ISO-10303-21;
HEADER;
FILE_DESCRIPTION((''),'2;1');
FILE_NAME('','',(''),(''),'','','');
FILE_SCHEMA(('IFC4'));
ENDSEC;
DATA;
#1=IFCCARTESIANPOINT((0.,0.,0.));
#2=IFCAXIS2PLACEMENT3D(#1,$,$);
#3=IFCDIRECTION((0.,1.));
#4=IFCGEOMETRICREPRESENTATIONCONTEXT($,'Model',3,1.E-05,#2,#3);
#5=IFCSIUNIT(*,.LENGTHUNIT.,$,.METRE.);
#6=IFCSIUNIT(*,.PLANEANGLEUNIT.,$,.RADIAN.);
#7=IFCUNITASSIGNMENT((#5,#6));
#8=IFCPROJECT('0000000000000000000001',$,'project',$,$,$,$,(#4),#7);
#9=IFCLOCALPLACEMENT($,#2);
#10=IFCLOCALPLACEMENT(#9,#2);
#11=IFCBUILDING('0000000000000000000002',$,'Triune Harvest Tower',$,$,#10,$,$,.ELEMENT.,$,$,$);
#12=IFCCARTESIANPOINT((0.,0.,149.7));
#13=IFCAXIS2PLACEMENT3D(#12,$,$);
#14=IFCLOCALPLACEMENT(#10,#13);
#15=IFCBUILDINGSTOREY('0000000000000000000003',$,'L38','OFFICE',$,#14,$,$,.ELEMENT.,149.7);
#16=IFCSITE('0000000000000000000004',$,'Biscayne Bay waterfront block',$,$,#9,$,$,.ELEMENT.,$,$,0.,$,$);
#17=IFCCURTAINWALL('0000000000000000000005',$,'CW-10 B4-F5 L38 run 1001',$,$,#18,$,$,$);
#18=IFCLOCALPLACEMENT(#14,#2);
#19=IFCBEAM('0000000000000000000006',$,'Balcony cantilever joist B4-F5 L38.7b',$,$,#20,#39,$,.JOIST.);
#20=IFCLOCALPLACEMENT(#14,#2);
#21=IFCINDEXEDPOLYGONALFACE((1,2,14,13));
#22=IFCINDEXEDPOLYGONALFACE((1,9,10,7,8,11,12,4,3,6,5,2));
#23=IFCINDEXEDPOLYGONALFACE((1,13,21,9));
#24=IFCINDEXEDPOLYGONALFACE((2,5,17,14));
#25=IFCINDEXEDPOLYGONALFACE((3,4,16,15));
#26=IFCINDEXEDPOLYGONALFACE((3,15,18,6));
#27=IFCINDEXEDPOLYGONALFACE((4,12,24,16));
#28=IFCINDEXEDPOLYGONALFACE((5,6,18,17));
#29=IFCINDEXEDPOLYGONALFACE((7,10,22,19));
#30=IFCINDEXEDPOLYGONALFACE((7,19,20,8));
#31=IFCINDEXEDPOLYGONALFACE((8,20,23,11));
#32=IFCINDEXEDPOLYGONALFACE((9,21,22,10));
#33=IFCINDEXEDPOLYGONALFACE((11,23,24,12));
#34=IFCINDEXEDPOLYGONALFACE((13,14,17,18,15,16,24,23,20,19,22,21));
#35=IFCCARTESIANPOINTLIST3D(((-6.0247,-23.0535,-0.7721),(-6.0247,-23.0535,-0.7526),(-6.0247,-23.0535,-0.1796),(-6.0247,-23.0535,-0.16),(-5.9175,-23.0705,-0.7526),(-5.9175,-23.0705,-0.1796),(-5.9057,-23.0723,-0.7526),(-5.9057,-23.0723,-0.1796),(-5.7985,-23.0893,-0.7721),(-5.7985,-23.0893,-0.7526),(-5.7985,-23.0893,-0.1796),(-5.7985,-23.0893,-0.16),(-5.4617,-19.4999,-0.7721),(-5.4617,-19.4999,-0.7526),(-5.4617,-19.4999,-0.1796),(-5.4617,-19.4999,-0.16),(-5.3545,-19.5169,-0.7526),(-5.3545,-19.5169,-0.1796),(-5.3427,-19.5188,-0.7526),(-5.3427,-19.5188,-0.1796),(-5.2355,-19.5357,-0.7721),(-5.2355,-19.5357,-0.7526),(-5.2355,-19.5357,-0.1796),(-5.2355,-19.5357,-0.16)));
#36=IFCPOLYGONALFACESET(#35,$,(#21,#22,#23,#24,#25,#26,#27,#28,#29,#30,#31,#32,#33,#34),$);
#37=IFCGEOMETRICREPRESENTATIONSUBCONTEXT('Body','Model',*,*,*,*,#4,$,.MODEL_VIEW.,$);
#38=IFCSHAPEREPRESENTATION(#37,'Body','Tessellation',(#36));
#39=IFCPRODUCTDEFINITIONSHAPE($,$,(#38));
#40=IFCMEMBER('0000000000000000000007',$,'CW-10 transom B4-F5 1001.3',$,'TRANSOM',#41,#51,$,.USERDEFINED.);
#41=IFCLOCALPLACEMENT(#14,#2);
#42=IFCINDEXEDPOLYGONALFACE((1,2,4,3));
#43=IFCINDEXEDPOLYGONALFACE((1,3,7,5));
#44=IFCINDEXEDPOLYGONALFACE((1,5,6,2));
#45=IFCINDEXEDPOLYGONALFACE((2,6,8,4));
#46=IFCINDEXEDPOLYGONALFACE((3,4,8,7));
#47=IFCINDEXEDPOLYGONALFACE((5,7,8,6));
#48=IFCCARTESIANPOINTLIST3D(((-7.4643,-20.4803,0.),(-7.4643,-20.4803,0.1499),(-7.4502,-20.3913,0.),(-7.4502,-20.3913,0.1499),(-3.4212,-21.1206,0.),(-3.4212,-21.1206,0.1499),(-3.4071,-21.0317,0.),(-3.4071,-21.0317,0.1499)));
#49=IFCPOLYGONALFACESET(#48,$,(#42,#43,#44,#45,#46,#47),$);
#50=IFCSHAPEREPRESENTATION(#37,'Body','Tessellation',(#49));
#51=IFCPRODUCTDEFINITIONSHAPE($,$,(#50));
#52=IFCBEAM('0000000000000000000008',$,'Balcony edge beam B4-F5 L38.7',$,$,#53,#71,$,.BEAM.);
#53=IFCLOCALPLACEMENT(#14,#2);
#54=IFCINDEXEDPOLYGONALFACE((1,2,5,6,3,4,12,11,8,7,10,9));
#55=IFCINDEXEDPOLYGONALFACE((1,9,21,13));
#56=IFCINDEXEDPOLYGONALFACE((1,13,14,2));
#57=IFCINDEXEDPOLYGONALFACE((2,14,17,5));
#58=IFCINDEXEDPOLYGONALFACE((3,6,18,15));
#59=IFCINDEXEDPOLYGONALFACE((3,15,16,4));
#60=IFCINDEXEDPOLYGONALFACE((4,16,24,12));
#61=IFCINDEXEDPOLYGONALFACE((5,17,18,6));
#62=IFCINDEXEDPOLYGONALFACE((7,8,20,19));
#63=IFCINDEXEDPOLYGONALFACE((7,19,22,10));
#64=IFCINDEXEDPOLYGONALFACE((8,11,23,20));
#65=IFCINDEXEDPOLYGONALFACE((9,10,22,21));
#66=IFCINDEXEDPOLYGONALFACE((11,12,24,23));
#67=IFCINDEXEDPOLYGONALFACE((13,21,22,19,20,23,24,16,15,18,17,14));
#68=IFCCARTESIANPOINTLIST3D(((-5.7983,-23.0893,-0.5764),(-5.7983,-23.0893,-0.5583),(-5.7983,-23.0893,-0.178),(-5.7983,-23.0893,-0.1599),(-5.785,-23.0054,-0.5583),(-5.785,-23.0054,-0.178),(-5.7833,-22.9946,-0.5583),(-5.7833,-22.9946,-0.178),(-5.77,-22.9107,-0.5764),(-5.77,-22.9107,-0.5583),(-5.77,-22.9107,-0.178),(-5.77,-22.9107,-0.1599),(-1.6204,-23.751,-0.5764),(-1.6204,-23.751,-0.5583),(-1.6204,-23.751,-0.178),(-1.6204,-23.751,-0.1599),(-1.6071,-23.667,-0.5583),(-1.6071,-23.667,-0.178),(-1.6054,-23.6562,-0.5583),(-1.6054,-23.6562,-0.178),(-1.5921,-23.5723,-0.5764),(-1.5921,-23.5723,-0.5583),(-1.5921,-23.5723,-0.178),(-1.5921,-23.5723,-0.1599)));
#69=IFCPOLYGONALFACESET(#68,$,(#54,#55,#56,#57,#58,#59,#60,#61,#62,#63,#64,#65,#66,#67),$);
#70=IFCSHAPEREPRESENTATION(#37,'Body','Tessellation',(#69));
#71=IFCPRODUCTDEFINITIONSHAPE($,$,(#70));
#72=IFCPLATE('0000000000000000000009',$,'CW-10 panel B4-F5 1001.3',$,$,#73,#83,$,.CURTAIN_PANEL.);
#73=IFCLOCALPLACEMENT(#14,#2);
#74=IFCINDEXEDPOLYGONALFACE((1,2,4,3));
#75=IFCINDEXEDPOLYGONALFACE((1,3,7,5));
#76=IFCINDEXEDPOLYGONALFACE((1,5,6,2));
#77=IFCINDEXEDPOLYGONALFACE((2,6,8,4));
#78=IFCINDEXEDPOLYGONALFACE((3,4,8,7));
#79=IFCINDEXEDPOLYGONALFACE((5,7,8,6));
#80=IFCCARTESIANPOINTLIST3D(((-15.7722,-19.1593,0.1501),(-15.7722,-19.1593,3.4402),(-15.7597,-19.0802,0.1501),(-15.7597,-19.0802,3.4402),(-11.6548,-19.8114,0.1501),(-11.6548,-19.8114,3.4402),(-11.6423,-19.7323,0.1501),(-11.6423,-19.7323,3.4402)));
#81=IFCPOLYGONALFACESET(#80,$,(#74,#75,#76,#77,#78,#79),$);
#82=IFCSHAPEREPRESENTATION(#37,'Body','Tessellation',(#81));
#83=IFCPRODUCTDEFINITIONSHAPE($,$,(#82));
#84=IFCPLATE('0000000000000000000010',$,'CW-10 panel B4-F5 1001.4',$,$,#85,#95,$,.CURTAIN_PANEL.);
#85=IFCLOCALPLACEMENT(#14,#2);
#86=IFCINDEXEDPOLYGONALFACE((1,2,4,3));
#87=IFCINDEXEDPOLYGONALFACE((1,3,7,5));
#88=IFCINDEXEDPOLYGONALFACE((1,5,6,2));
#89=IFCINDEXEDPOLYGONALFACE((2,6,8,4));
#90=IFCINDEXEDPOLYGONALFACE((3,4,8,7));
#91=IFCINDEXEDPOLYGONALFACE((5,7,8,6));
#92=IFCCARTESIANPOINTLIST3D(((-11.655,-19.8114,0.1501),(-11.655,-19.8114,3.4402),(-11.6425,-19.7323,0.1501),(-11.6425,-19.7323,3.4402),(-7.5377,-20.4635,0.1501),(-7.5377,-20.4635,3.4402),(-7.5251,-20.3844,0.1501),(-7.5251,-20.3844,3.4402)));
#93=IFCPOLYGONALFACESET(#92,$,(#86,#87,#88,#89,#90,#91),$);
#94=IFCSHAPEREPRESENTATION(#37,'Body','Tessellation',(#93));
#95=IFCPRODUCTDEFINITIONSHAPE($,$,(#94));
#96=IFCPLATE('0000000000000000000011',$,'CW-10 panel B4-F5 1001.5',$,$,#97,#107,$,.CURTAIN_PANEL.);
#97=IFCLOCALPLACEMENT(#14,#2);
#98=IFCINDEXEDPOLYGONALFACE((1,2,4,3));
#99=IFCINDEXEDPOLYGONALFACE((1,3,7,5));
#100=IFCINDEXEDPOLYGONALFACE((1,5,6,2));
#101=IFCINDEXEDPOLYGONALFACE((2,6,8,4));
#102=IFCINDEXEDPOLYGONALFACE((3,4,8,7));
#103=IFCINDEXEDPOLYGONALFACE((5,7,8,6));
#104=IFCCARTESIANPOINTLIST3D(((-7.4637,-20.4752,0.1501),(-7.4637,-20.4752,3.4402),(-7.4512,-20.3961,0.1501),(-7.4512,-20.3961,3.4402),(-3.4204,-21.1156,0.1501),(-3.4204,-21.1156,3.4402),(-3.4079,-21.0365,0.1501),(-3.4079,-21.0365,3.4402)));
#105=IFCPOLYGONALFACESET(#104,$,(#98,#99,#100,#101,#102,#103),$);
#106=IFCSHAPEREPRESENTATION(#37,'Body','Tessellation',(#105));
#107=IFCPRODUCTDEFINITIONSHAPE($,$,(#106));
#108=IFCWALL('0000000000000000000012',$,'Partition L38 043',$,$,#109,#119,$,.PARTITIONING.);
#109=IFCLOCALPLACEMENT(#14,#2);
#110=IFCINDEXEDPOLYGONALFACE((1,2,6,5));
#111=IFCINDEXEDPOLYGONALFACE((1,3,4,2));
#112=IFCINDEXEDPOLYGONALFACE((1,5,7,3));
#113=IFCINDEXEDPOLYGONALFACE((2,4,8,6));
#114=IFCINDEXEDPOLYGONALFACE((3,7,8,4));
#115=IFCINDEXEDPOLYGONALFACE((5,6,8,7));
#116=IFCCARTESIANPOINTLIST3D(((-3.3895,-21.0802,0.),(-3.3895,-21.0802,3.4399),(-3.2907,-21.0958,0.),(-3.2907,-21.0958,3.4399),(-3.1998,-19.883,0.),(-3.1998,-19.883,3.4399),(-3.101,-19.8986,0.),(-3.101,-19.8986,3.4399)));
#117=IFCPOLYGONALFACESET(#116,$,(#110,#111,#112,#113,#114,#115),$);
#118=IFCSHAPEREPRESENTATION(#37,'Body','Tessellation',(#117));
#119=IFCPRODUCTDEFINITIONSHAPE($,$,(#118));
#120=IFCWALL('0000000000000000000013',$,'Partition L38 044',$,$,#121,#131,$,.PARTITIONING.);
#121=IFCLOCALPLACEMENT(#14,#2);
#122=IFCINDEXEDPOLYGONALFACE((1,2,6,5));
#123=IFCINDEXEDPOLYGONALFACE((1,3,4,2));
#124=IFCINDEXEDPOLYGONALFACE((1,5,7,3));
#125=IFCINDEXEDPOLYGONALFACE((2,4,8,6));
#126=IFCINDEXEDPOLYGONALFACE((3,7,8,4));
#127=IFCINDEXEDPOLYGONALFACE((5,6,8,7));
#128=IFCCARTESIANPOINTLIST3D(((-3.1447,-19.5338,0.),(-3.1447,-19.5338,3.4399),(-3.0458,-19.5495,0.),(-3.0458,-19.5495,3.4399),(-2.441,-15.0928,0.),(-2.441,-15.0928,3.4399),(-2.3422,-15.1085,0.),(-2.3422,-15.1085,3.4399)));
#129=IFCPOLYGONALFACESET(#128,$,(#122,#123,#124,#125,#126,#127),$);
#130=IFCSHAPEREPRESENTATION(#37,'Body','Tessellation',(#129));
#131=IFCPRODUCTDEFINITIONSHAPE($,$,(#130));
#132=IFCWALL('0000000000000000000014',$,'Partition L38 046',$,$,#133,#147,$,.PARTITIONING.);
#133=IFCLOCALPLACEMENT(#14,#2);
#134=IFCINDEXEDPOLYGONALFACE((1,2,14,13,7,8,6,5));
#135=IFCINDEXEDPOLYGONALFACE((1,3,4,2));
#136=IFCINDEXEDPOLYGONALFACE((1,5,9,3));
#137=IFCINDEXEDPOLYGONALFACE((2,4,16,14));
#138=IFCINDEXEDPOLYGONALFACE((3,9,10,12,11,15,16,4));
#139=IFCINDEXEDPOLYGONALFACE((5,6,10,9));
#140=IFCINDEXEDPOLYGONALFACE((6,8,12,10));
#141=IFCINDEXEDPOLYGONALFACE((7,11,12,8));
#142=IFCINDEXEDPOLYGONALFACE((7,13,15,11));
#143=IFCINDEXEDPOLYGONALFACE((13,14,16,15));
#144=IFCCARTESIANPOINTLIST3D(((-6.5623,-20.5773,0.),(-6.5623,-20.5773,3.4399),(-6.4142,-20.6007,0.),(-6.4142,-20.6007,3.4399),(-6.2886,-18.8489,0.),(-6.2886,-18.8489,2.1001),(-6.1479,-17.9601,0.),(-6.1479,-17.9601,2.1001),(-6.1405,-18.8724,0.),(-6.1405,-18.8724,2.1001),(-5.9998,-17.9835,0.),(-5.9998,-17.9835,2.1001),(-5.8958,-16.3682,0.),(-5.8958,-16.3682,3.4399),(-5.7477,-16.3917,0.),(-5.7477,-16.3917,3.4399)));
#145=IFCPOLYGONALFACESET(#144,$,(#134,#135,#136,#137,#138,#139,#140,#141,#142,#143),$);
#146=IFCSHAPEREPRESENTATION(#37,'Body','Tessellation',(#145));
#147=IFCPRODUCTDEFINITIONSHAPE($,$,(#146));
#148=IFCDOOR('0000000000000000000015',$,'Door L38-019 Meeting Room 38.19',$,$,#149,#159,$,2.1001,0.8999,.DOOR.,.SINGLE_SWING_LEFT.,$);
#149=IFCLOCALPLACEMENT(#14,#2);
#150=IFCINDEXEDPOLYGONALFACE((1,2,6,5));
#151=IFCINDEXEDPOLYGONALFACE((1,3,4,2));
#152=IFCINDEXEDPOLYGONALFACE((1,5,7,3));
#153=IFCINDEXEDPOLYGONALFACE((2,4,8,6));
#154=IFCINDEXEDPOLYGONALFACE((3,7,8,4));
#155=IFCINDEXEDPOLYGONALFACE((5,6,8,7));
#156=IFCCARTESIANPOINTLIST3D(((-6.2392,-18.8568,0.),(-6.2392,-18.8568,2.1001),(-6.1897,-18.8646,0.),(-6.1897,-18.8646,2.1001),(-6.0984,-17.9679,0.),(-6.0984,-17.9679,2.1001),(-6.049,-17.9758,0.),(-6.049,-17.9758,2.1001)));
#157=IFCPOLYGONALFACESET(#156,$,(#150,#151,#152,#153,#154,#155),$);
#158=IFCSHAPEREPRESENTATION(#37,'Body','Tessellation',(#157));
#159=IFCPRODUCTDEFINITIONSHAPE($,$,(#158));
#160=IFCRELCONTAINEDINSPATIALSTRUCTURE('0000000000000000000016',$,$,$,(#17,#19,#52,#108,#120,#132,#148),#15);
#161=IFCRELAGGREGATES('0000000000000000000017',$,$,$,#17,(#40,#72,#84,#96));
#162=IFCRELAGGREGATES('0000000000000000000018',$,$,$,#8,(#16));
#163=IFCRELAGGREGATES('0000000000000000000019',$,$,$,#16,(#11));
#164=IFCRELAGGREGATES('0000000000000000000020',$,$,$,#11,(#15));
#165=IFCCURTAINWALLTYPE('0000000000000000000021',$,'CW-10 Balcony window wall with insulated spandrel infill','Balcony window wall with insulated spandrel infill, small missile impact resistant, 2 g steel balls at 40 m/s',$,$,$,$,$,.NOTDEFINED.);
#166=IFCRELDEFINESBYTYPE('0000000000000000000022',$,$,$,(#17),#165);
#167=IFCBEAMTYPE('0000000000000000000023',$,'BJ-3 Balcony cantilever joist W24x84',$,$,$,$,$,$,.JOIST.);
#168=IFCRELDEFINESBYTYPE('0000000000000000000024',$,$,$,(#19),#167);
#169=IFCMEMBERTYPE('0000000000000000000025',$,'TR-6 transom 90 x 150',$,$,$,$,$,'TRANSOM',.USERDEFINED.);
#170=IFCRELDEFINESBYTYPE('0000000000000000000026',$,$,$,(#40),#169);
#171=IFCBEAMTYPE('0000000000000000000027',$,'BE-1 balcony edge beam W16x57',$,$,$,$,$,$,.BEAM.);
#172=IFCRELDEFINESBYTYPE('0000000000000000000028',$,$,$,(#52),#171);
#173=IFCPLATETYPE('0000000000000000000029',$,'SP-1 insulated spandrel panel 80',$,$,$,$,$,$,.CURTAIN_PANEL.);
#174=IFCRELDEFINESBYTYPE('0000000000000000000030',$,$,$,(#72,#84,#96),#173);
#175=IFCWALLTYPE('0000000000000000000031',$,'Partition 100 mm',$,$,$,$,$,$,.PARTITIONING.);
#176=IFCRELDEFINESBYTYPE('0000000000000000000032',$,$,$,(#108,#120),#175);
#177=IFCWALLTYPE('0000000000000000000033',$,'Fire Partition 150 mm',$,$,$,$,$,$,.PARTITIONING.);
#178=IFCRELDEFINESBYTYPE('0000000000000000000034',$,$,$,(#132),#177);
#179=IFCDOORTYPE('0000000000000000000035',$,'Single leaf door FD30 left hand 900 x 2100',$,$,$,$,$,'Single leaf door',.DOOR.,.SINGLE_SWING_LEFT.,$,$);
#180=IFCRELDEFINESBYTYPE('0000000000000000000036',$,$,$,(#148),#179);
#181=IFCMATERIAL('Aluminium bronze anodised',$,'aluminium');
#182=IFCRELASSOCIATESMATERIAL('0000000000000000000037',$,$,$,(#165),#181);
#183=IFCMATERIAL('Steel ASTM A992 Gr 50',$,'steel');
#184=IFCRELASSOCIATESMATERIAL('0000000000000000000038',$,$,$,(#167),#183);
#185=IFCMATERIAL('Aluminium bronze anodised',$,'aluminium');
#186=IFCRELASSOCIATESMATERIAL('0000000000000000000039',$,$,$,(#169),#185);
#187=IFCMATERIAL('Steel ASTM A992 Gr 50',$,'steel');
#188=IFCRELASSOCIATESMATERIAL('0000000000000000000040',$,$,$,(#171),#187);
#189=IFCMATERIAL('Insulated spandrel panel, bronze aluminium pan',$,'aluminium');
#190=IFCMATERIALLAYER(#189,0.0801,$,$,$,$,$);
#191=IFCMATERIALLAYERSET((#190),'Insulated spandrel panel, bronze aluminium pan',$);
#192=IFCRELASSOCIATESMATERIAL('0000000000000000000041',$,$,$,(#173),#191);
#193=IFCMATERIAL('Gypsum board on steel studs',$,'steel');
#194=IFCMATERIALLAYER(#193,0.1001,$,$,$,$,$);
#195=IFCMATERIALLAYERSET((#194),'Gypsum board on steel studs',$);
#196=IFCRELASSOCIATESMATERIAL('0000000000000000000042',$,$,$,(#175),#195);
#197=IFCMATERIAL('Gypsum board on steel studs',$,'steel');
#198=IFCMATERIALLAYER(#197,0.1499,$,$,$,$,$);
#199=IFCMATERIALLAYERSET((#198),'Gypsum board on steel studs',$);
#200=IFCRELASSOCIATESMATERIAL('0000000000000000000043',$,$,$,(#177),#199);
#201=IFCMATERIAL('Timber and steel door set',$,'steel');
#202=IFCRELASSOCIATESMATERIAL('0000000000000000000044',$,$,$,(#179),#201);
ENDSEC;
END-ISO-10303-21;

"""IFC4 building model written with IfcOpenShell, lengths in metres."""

from ifc_helpers import new_model, si_unit, direction, frame, frame_2d, origin, origin_2d, place, context, subcontext, project, spatial, rectangle, i_section, extrude, source, transform, mapped, material, layer, layer_set, material_profile, profile_set, type_object, element, fill, aggregate, save


model = new_model("IFC4")

# Units and contexts
model_context = context("Model", 3, precision=1e-05, world=origin(), true_north=direction((0.0, 1.0)))
body_context = subcontext(model_context, "Body", "Model", "MODEL_VIEW")
ifc_project = project(units=[si_unit("LENGTHUNIT", "METRE"), si_unit("PLANEANGLEUNIT", "RADIAN")], contexts=[model_context])

# Site, building, storey
site_placement = place(None, origin())
site = spatial("IfcSite", under=ifc_project, at=site_placement, Name="Biscayne Bay waterfront block", CompositionType="ELEMENT", RefElevation=0.0)
building_placement = place(site_placement, origin())
building = spatial("IfcBuilding", under=site, at=building_placement, Name="Triune Harvest Tower", CompositionType="ELEMENT")
storey_placement = place(building_placement, frame((0.0, 0.0, 149.7)))
storey = spatial("IfcBuildingStorey", under=building, at=storey_placement, Name="L38", Description="OFFICE", CompositionType="ELEMENT", Elevation=149.7)

# Curtain wall
ifc_material_1 = material(Name="Aluminium bronze anodised", Category="aluminium")
curtain_wall_type = type_object("IfcCurtainWallType", Name="CW-10 Balcony window wall with insulated spandrel infill", Description="Balcony window wall with insulated spandrel infill, small missile impact resistant, 2 g steel balls at 40 m/s", PredefinedType="NOTDEFINED", material=ifc_material_1)
curtain_wall_placement = place(storey_placement, origin())
curtain_wall = element("IfcCurtainWall", 1, at=curtain_wall_placement, inside=storey, type_object=curtain_wall_type, Name="CW-10 B4-F5 L38 run 1001")

# Beam
ifc_material_2 = material(Name="Steel ASTM A992 Gr 50", Category="steel")
ifc_material_profile_1 = material_profile(ifc_material_2, i_section(OverallWidth=0.229, OverallDepth=0.6121, WebThickness=0.012, FlangeThickness=0.0195, at=origin_2d()), Name="W24x84")
ifc_profile_set_1 = profile_set([ifc_material_profile_1], Name="Steel ASTM A992 Gr 50")
beam_type_1 = type_object("IfcBeamType", Name="BJ-3 Balcony cantilever joist W24x84", PredefinedType="JOIST", material=ifc_profile_set_1)
shared_shape_1 = source(origin(), body_context, "Body", "SweptSolid", [
    extrude(i_section(OverallWidth=0.229, OverallDepth=0.6121, WebThickness=0.012, FlangeThickness=0.0195, at=origin_2d()), origin(), (0.0, 0.0, 1.0), 3.5979),
])
beam_1_placement = place(storey_placement, frame((-5.3486, -19.5178, -0.4661), z_axis=(-0.156482, -0.987681, 0.0), x_axis=(0.987681, -0.156482, 0.0)))
element("IfcBeam", 2, at=beam_1_placement, inside=storey, type_object=beam_type_1, Name="Balcony cantilever joist B4-F5 L38.7b", PredefinedType="JOIST", context=body_context, shape_type="MappedRepresentation", body=[
    mapped(shared_shape_1, transform((0.0, 0.0, 0.0), scale=1.0)),
])

# Member
ifc_material_3 = material(Name="Aluminium bronze anodised", Category="aluminium")
ifc_material_profile_2 = material_profile(ifc_material_3, rectangle(XDim=0.0901, YDim=0.1499, at=origin_2d()), Name="TR-6 transom 90 x 150")
ifc_profile_set_2 = profile_set([ifc_material_profile_2], Name="Aluminium bronze anodised")
member_type_1 = type_object("IfcMemberType", Name="TR-6 transom 90 x 150", ElementType="TRANSOM", PredefinedType="USERDEFINED", material=ifc_profile_set_2)
shared_shape_2 = source(origin(), body_context, "Body", "SweptSolid", [
    extrude(rectangle(XDim=0.0901, YDim=0.1499, at=origin_2d()), origin(), (0.0, 0.0, 1.0), 4.0935),
])
member_1_placement = place(storey_placement, frame((-7.4573, -20.4358, 0.075), z_axis=(0.987688, -0.156434, 0.0), x_axis=(0.156434, 0.987688, 0.0)))
member_1 = element("IfcMember", 3, at=member_1_placement, type_object=member_type_1, Name="CW-10 transom B4-F5 1001.3", ObjectType="TRANSOM", PredefinedType="USERDEFINED", context=body_context, shape_type="MappedRepresentation", body=[
    mapped(shared_shape_2, transform((0.0, 0.0, 0.0), scale=1.0)),
])

# Beam
ifc_material_4 = material(Name="Steel ASTM A992 Gr 50", Category="steel")
ifc_material_profile_3 = material_profile(ifc_material_4, i_section(OverallWidth=0.1809, OverallDepth=0.4165, WebThickness=0.011, FlangeThickness=0.0181, at=origin_2d()), Name="W16x57")
ifc_profile_set_3 = profile_set([ifc_material_profile_3], Name="Steel ASTM A992 Gr 50")
beam_type_2 = type_object("IfcBeamType", Name="BE-1 balcony edge beam W16x57", PredefinedType="BEAM", material=ifc_profile_set_3)
shared_shape_3 = source(origin(), body_context, "Body", "SweptSolid", [
    extrude(i_section(OverallWidth=0.1809, OverallDepth=0.4165, WebThickness=0.011, FlangeThickness=0.0181, at=origin_2d()), origin(), (0.0, 0.0, 1.0), 4.23),
])
beam_2_placement = place(storey_placement, frame((-5.7842, -23.0, -0.3682), z_axis=(0.987692, -0.15641, 0.0), x_axis=(0.15641, 0.987692, 0.0)))
element("IfcBeam", 4, at=beam_2_placement, inside=storey, type_object=beam_type_2, Name="Balcony edge beam B4-F5 L38.7", PredefinedType="BEAM", context=body_context, shape_type="MappedRepresentation", body=[
    mapped(shared_shape_3, transform((0.0, 0.0, 0.0), scale=1.0)),
])

# Plates
ifc_material_5 = material(Name="Insulated spandrel panel, bronze aluminium pan", Category="aluminium")
ifc_layer_1 = layer(ifc_material_5, 0.0801)
ifc_layer_set_1 = layer_set([ifc_layer_1], Name="Insulated spandrel panel, bronze aluminium pan")
plate_type = type_object("IfcPlateType", Name="SP-1 insulated spandrel panel 80", PredefinedType="CURTAIN_PANEL", material=ifc_layer_set_1)
shared_shape_4 = source(origin(), body_context, "Body", "SweptSolid", [
    extrude(rectangle(XDim=4.1687, YDim=0.0801, at=origin_2d()), origin(), (0.0, 0.0, 1.0), 3.29),
])
plate_1_placement = place(storey_placement, frame((-13.7073, -19.4458, 0.1501), z_axis=(0.0, 0.0, 1.0), x_axis=(0.987689, -0.156433, 0.0)))
plate_1 = element("IfcPlate", 5, at=plate_1_placement, type_object=plate_type, Name="CW-10 panel B4-F5 1001.3", PredefinedType="CURTAIN_PANEL", context=body_context, shape_type="MappedRepresentation", body=[
    mapped(shared_shape_4, transform((0.0, 0.0, 0.0), scale=1.0)),
])
plate_2_placement = place(storey_placement, frame((-9.5901, -20.0979, 0.1501), z_axis=(0.0, 0.0, 1.0), x_axis=(0.987689, -0.156433, 0.0)))
plate_2 = element("IfcPlate", 6, at=plate_2_placement, type_object=plate_type, Name="CW-10 panel B4-F5 1001.4", PredefinedType="CURTAIN_PANEL", context=body_context, shape_type="MappedRepresentation", body=[
    mapped(shared_shape_4, transform((0.0, 0.0, 0.0), scale=1.0)),
])
shared_shape_5 = source(origin(), body_context, "Body", "SweptSolid", [
    extrude(rectangle(XDim=4.0938, YDim=0.0801, at=origin_2d()), origin(), (0.0, 0.0, 1.0), 3.29),
])
plate_3_placement = place(storey_placement, frame((-5.4358, -20.7559, 0.1501), z_axis=(0.0, 0.0, 1.0), x_axis=(0.987689, -0.156433, 0.0)))
plate_3 = element("IfcPlate", 7, at=plate_3_placement, type_object=plate_type, Name="CW-10 panel B4-F5 1001.5", PredefinedType="CURTAIN_PANEL", context=body_context, shape_type="MappedRepresentation", body=[
    mapped(shared_shape_5, transform((0.0, 0.0, 0.0), scale=1.0)),
])
aggregate(curtain_wall, [member_1, plate_1, plate_2, plate_3])

# Walls
ifc_material_6 = material(Name="Gypsum board on steel studs", Category="steel")
ifc_layer_2 = layer(ifc_material_6, 0.1001)
ifc_layer_set_2 = layer_set([ifc_layer_2], Name="Gypsum board on steel studs")
wall_type_1 = type_object("IfcWallType", Name="Partition 100 mm", PredefinedType="PARTITIONING", material=ifc_layer_set_2)
shared_shape_6 = source(origin(), body_context, "Body", "SweptSolid", [
    extrude(rectangle(XDim=1.2122, YDim=0.1001, at=frame_2d((0.606, 0.0))), origin(), (0.0, 0.0, 1.0), 3.4399),
])
wall_1_placement = place(storey_placement, frame((-3.3401, -21.0879, 0.0), z_axis=(0.0, 0.0, 1.0), x_axis=(0.15649, 0.98768, 0.0)))
element("IfcWall", 8, at=wall_1_placement, inside=storey, type_object=wall_type_1, Name="Partition L38 043", PredefinedType="PARTITIONING", context=body_context, shape_type="MappedRepresentation", body=[
    mapped(shared_shape_6, transform((0.0, 0.0, 0.0), scale=1.0)),
])
shared_shape_7 = source(origin(), body_context, "Body", "SweptSolid", [
    extrude(rectangle(XDim=4.4963, YDim=0.1001, at=frame_2d((2.248, 0.0))), origin(), (0.0, 0.0, 1.0), 3.4399),
])
wall_2_placement = place(storey_placement, frame((-3.0952, -19.5415, 0.0), z_axis=(0.0, 0.0, 1.0), x_axis=(0.156487, 0.98768, 0.0)))
element("IfcWall", 9, at=wall_2_placement, inside=storey, type_object=wall_type_1, Name="Partition L38 044", PredefinedType="PARTITIONING", context=body_context, shape_type="MappedRepresentation", body=[
    mapped(shared_shape_7, transform((0.0, 0.0, 0.0), scale=1.0)),
])

# Wall, opening, door
ifc_material_7 = material(Name="Gypsum board on steel studs", Category="steel")
ifc_layer_3 = layer(ifc_material_7, 0.1499)
ifc_layer_set_3 = layer_set([ifc_layer_3], Name="Gypsum board on steel studs")
wall_type_2 = type_object("IfcWallType", Name="Fire Partition 150 mm", PredefinedType="PARTITIONING", material=ifc_layer_set_3)
shared_shape_8 = source(origin(), body_context, "Body", "SweptSolid", [
    extrude(rectangle(XDim=4.2615, YDim=0.1499, at=frame_2d((2.1309, 0.0))), origin(), (0.0, 0.0, 1.0), 3.4399),
])
wall_3_placement = place(storey_placement, frame((-6.4883, -20.5891, 0.0), z_axis=(0.0, 0.0, 1.0), x_axis=(0.156404, 0.987693, 0.0)))
wall_3 = element("IfcWall", 10, at=wall_3_placement, inside=storey, type_object=wall_type_2, Name="Partition L38 046", PredefinedType="PARTITIONING", context=body_context, shape_type="MappedRepresentation", body=[
    mapped(shared_shape_8, transform((0.0, 0.0, 0.0), scale=1.0)),
])
opening_placement = place(wall_3_placement, frame((1.75, 0.0, 0.0)))
opening = element("IfcOpeningElement", 11, at=opening_placement, cuts=wall_3, PredefinedType="OPENING", context=body_context, shape_type="SweptSolid", body=[
    extrude(rectangle(XDim=0.8999, YDim=2.1001, at=frame_2d((0.45, 1.05))), frame((0.0, 0.085, 0.0), z_axis=(0.0, -1.0, 0.0), x_axis=(1.0, 0.0, 0.0)), (0.0, 0.0, 1.0), 0.1699),
])
ifc_material_8 = material(Name="Timber and steel door set", Category="steel")
door_type = type_object("IfcDoorType", Name="Single leaf door FD30 left hand 900 x 2100", ElementType="Single leaf door", OperationType="SINGLE_SWING_LEFT", PredefinedType="DOOR", material=ifc_material_8)
door_placement = place(opening_placement, origin())
door = element("IfcDoor", 12, at=door_placement, inside=storey, type_object=door_type, Name="Door L38-019 Meeting Room 38.19", OperationType="SINGLE_SWING_LEFT", OverallHeight=2.1001, OverallWidth=0.8999, PredefinedType="DOOR", context=body_context, shape_type="SweptSolid", body=[
    extrude(rectangle(XDim=0.8999, YDim=2.1001, at=frame_2d((0.45, 1.05))), frame((0.0, 0.0249, 0.0), z_axis=(0.0, -1.0, 0.0), x_axis=(1.0, 0.0, 0.0)), (0.0, 0.0, 1.0), 0.05),
])
fill(opening, door)

save(model, "model.ifc")
